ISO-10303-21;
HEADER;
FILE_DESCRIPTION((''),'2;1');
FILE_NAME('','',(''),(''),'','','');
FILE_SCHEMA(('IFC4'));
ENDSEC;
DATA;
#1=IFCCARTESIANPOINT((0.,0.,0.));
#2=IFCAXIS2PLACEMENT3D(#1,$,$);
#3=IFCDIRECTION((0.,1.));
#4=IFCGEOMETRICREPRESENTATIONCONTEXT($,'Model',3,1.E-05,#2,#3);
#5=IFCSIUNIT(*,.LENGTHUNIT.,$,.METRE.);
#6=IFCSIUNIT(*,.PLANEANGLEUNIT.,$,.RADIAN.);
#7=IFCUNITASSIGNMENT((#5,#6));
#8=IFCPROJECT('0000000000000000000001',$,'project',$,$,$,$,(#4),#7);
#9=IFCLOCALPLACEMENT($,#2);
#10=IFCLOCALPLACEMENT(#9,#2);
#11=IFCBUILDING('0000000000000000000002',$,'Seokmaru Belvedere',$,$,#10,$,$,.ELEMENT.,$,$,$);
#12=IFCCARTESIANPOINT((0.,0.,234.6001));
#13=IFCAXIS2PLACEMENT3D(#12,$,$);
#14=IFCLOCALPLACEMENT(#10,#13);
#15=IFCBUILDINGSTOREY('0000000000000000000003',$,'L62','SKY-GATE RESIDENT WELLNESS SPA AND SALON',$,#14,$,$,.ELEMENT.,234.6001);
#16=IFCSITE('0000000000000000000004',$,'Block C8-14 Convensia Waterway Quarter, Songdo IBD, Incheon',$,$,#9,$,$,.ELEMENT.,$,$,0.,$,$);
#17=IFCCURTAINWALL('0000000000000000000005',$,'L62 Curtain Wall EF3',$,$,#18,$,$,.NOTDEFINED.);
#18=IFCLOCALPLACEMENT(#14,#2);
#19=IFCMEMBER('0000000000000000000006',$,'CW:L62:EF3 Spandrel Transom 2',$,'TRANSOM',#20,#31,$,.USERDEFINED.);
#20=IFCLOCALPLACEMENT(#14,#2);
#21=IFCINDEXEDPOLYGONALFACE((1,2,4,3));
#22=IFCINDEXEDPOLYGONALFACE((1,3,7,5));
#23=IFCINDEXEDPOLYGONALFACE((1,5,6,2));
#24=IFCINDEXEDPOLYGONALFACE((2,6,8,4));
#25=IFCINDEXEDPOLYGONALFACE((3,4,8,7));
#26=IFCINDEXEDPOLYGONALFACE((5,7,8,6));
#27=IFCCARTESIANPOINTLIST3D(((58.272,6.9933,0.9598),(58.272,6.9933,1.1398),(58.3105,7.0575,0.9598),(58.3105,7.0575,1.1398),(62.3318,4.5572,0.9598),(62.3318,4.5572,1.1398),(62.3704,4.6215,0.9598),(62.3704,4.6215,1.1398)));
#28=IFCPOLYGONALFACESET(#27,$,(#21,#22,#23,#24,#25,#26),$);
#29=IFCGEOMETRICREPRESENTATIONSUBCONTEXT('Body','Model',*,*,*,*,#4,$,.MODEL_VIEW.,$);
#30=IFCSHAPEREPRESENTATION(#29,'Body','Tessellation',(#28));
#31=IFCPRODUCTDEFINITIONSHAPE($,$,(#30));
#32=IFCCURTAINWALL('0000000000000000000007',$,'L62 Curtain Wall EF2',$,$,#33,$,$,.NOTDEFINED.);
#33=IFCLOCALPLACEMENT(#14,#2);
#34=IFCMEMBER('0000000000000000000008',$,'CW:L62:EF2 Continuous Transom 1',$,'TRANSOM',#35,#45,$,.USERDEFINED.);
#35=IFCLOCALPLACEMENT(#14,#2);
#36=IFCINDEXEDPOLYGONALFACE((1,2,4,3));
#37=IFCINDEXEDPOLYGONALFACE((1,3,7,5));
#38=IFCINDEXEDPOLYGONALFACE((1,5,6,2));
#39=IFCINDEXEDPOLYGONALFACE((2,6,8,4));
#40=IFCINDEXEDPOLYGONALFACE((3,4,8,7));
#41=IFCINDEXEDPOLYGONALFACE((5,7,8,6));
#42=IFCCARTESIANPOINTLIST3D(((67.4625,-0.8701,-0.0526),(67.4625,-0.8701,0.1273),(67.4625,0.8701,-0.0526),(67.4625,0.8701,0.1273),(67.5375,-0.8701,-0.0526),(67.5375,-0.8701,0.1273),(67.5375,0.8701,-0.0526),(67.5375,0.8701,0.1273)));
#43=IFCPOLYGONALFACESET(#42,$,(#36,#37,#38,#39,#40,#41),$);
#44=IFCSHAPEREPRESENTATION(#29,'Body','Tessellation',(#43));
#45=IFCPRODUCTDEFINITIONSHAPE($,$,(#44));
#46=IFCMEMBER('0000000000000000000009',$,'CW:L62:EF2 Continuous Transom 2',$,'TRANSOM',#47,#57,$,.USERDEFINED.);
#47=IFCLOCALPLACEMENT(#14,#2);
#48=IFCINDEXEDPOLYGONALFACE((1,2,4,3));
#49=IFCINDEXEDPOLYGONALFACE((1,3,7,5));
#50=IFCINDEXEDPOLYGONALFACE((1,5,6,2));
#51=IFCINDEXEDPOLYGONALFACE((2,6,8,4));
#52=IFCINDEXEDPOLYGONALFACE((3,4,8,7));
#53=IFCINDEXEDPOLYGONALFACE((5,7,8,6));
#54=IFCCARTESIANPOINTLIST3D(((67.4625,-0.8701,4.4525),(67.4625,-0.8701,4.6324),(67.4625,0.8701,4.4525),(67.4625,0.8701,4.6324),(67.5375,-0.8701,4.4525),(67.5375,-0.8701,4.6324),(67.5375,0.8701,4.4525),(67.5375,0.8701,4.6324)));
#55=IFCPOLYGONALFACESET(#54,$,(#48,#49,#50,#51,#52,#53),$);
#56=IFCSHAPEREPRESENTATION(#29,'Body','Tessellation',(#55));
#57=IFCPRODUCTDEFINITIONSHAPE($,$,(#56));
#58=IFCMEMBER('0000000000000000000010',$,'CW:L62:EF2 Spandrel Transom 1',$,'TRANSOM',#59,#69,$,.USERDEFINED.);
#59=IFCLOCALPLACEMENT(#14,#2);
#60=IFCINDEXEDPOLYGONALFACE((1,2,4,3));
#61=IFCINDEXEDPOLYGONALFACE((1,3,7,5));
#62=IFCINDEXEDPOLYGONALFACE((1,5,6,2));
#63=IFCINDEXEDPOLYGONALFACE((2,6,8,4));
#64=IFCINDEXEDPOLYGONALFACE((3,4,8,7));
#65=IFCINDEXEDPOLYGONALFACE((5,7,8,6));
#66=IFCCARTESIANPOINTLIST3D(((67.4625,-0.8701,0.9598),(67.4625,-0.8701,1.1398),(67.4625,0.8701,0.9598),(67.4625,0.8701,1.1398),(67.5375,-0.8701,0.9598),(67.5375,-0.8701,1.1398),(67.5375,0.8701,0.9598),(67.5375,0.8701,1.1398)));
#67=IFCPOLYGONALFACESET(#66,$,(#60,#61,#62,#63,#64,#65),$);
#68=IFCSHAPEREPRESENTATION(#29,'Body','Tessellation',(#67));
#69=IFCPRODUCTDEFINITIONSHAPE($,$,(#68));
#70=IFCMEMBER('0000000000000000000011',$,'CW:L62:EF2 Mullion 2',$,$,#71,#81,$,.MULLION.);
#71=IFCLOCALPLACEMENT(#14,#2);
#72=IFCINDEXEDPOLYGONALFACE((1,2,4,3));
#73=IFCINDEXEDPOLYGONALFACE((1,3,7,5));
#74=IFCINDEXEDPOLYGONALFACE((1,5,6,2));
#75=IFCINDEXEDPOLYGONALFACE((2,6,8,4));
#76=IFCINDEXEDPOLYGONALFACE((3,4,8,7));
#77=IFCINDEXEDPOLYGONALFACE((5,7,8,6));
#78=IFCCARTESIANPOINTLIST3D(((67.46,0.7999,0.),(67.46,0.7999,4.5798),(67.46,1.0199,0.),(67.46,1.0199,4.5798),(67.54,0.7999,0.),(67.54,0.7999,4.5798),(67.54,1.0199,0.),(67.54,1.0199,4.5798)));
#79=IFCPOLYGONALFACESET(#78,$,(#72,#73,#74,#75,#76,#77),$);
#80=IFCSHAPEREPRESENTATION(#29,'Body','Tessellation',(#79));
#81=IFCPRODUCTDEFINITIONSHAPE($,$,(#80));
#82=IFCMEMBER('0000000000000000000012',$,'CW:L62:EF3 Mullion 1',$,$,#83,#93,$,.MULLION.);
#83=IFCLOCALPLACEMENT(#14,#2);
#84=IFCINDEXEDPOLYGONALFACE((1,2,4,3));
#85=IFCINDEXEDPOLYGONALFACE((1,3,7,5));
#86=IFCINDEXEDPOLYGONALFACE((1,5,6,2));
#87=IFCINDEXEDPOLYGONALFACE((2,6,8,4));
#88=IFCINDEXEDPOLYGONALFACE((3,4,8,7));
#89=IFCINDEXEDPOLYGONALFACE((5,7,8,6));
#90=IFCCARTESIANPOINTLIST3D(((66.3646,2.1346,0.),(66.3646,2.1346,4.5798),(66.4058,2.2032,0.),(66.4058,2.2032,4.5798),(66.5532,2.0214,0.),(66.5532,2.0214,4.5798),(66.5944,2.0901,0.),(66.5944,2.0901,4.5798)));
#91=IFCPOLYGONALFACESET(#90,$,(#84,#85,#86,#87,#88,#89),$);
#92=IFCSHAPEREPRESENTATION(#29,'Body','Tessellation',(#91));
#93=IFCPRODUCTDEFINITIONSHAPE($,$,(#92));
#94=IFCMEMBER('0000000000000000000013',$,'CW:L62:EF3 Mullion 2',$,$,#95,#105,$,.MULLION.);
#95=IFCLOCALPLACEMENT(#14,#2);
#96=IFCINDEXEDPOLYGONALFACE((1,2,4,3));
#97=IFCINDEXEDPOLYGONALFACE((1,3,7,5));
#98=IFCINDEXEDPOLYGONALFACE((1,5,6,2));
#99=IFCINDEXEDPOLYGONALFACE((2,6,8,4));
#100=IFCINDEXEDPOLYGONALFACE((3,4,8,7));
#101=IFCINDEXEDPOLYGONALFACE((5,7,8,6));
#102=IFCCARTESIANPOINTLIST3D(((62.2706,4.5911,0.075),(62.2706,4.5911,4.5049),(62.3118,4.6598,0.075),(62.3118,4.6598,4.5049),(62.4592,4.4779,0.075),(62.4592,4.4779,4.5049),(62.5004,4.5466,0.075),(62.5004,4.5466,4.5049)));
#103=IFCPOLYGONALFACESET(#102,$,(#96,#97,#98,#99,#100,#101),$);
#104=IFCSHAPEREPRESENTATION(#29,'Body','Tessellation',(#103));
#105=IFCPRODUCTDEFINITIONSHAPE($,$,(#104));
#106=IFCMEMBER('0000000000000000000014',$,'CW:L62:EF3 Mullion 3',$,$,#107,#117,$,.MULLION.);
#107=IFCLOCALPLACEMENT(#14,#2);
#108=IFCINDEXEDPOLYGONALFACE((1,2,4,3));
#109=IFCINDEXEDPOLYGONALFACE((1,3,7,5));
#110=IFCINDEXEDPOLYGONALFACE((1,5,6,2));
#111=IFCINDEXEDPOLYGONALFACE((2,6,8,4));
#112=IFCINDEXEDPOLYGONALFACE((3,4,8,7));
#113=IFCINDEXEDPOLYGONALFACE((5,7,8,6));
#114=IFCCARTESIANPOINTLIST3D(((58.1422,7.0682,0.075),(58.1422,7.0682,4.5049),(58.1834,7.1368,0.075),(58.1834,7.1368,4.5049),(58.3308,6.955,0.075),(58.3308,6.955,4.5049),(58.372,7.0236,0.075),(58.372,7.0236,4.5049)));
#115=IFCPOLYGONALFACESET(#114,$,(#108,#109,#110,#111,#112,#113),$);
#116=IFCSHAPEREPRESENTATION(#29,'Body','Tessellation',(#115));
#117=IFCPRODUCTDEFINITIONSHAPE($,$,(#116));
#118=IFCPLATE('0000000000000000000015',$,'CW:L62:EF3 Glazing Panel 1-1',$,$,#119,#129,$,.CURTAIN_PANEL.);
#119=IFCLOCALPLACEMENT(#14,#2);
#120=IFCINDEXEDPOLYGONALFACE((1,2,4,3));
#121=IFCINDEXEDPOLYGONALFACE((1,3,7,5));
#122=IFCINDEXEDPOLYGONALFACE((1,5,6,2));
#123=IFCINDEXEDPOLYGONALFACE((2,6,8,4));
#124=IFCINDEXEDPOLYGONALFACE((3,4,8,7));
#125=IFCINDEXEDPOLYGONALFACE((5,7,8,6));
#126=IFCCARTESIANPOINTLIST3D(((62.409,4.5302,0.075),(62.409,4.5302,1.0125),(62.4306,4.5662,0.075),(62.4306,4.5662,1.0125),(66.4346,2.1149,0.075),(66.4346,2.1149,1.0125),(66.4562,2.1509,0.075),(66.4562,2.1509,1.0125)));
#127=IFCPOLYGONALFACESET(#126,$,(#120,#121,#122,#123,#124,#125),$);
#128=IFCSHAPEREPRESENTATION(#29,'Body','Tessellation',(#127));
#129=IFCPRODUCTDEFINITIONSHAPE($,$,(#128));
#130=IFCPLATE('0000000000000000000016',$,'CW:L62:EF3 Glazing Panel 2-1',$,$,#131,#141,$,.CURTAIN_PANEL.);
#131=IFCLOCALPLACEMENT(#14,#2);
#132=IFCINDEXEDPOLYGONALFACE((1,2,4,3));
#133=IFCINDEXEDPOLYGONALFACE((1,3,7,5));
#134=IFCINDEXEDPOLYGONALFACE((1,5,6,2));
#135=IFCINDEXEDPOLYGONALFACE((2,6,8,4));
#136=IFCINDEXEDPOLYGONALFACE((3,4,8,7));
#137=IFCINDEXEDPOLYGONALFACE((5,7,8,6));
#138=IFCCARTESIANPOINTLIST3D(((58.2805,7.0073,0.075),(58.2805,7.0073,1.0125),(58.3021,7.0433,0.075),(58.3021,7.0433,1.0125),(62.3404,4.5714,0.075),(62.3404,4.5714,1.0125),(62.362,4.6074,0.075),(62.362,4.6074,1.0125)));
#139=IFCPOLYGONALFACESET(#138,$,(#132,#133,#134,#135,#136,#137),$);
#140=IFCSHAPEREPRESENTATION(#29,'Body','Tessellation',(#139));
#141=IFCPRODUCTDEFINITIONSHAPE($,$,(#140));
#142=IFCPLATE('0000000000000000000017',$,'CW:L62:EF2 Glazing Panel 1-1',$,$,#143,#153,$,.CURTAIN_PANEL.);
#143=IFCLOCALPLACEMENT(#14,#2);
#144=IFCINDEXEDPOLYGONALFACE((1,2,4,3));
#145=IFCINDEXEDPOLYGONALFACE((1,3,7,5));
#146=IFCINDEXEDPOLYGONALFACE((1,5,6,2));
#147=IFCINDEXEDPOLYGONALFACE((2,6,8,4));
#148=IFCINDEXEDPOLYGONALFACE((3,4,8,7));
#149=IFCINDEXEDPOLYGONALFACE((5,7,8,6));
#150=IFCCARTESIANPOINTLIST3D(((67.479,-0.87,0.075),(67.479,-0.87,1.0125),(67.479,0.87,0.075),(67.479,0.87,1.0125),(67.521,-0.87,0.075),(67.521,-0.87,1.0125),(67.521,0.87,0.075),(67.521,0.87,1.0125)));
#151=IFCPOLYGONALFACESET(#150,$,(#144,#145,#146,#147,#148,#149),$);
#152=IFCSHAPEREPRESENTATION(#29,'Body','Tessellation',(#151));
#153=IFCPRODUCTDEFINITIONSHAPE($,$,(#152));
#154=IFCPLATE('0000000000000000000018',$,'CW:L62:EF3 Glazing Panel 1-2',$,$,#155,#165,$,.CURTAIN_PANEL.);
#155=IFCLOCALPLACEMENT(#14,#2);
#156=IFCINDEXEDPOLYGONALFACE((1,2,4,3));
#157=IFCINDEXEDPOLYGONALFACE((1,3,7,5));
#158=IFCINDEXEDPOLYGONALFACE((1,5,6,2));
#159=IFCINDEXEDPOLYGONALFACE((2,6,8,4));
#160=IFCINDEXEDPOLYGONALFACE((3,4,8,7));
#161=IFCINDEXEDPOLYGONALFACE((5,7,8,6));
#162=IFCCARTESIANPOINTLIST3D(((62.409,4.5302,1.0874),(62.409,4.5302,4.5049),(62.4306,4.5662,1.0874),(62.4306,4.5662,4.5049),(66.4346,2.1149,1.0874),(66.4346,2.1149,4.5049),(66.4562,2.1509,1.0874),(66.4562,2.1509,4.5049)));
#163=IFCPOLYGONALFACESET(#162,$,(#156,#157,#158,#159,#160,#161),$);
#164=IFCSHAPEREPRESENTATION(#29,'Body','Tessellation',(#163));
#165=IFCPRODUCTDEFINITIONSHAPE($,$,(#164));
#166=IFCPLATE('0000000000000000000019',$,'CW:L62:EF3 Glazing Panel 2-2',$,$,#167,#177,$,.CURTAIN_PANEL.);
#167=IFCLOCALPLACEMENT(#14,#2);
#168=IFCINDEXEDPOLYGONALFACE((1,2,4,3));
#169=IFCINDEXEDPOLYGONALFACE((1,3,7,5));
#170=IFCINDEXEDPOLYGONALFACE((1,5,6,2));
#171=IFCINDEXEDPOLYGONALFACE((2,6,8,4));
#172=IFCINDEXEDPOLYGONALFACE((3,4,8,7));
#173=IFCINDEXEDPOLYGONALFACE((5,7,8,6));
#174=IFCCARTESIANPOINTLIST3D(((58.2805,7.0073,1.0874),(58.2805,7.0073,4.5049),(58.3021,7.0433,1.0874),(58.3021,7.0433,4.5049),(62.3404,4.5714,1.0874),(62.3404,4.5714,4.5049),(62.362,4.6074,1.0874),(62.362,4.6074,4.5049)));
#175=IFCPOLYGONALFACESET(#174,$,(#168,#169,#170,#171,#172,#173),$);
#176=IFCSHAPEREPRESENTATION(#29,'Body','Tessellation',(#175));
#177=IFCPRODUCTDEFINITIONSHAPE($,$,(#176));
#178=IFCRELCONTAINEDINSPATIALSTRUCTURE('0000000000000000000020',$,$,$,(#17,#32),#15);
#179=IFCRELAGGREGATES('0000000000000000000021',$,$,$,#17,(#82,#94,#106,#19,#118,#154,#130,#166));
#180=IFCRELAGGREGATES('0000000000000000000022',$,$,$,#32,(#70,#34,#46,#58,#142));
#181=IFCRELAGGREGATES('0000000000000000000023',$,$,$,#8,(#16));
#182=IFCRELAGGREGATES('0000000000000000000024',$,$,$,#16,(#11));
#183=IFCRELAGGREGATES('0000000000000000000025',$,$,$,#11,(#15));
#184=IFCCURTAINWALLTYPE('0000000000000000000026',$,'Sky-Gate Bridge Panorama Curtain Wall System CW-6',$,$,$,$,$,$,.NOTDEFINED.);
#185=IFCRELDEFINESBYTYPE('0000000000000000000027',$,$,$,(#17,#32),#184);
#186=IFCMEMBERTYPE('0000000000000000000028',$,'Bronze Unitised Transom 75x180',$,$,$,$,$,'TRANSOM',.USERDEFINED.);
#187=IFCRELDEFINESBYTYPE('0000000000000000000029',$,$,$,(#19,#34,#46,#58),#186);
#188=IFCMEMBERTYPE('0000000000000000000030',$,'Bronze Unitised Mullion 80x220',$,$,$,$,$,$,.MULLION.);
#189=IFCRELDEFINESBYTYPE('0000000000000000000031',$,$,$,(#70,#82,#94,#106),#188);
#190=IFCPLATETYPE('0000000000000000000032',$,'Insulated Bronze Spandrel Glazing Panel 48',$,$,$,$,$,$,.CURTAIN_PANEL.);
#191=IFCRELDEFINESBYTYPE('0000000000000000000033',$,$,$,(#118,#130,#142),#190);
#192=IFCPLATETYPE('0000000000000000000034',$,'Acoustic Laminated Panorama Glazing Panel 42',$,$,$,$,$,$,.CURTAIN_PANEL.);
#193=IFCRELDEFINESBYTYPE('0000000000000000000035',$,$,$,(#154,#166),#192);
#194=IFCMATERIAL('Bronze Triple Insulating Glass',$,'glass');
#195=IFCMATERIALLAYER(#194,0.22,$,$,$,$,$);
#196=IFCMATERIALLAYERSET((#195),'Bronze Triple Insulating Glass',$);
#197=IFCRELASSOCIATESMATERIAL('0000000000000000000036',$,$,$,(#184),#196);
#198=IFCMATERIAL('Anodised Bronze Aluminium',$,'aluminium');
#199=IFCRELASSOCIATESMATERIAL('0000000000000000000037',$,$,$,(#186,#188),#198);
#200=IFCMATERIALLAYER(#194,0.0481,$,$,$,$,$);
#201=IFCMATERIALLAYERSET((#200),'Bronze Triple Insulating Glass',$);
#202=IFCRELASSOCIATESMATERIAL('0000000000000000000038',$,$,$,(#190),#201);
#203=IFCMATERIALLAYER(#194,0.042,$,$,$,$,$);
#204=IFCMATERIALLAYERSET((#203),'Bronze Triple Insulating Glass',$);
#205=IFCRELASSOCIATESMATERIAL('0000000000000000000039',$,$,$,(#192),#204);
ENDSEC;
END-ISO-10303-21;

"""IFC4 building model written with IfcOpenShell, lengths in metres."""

from ifc_helpers import new_model, si_unit, direction, frame, origin, origin_2d, place, context, subcontext, project, spatial, rectangle, extrude, source, transform, mapped, material, layer, layer_set, material_profile, profile_set, type_object, type_shapes, element, aggregate, save


model = new_model("IFC4")

# Units and contexts
model_context = context("Model", 3, precision=1e-05, world=origin(), true_north=direction((0.0, 1.0)))
body_context = subcontext(model_context, "Body", "Model", "MODEL_VIEW")
ifc_project = project(units=[si_unit("LENGTHUNIT", "METRE"), si_unit("PLANEANGLEUNIT", "RADIAN")], contexts=[model_context])

# Site, building, storey
site_placement = place(None, origin())
site = spatial("IfcSite", under=ifc_project, at=site_placement, Name="Block C8-14 Convensia Waterway Quarter, Songdo IBD, Incheon", CompositionType="ELEMENT", RefElevation=0.0)
building_placement = place(site_placement, origin())
building = spatial("IfcBuilding", under=site, at=building_placement, Name="Seokmaru Belvedere", CompositionType="ELEMENT")
storey_placement = place(building_placement, frame((0.0, 0.0, 234.6001)))
storey = spatial("IfcBuildingStorey", under=building, at=storey_placement, Name="L62", Description="SKY-GATE RESIDENT WELLNESS SPA AND SALON", CompositionType="ELEMENT", Elevation=234.6001)

# Curtain walls, members
ifc_material_1 = material(Name="Bronze Triple Insulating Glass", Category="glass")
ifc_layer_1 = layer(ifc_material_1, 0.22)
ifc_layer_set_1 = layer_set([ifc_layer_1], Name="Bronze Triple Insulating Glass")
curtain_wall_type = type_object("IfcCurtainWallType", Name="Sky-Gate Bridge Panorama Curtain Wall System CW-6", PredefinedType="NOTDEFINED", material=ifc_layer_set_1)
curtain_wall_1_placement = place(storey_placement, origin())
curtain_wall_1 = element("IfcCurtainWall", 1, at=curtain_wall_1_placement, inside=storey, type_object=curtain_wall_type, Name="L62 Curtain Wall EF3", PredefinedType="NOTDEFINED")
ifc_material_2 = material(Name="Anodised Bronze Aluminium", Category="aluminium")
ifc_material_profile_1 = material_profile(ifc_material_2, rectangle(XDim=0.075, YDim=0.1799, at=origin_2d()), Name="CW-T-75x180")
ifc_profile_set_1 = profile_set([ifc_material_profile_1], Name="Anodised Bronze Aluminium")
member_type_1 = type_object("IfcMemberType", Name="Bronze Unitised Transom 75x180", ElementType="TRANSOM", PredefinedType="USERDEFINED", material=ifc_profile_set_1)
shared_shape_1 = source(origin(), body_context, "Body", "SweptSolid", [
    extrude(rectangle(XDim=0.075, YDim=0.1799, at=origin_2d()), origin(), (0.0, 0.0, 1.0), 4.7346),
])
member_1_placement = place(storey_placement, frame((62.3511, 4.5894, 1.0498), z_axis=(-0.857479, 0.514519, 0.0), x_axis=(-0.514519, -0.857479, 0.0)))
member_1 = element("IfcMember", 2, at=member_1_placement, type_object=member_type_1, Name="CW:L62:EF3 Spandrel Transom 2", ObjectType="TRANSOM", PredefinedType="USERDEFINED", context=body_context, shape_type="MappedRepresentation", body=[
    mapped(shared_shape_1, transform((0.0, 0.0, 0.0), scale=1.0)),
])
curtain_wall_2_placement = place(storey_placement, origin())
curtain_wall_2 = element("IfcCurtainWall", 3, at=curtain_wall_2_placement, inside=storey, type_object=curtain_wall_type, Name="L62 Curtain Wall EF2", PredefinedType="NOTDEFINED")
shared_shape_2 = source(origin(), body_context, "Body", "SweptSolid", [
    extrude(rectangle(XDim=0.075, YDim=0.1799, at=origin_2d()), origin(), (0.0, 0.0, 1.0), 1.7402),
])
member_2_placement = place(storey_placement, frame((67.5, -0.8701, 0.0374), z_axis=(0.0, 1.0, 0.0), x_axis=(-1.0, 0.0, 0.0)))
member_2 = element("IfcMember", 4, at=member_2_placement, type_object=member_type_1, Name="CW:L62:EF2 Continuous Transom 1", ObjectType="TRANSOM", PredefinedType="USERDEFINED", context=body_context, shape_type="MappedRepresentation", body=[
    mapped(shared_shape_2, transform((0.0, 0.0, 0.0), scale=1.0)),
])
member_3_placement = place(storey_placement, frame((67.5, -0.8701, 4.5425), z_axis=(0.0, 1.0, 0.0), x_axis=(-1.0, 0.0, 0.0)))
member_3 = element("IfcMember", 5, at=member_3_placement, type_object=member_type_1, Name="CW:L62:EF2 Continuous Transom 2", ObjectType="TRANSOM", PredefinedType="USERDEFINED", context=body_context, shape_type="MappedRepresentation", body=[
    mapped(shared_shape_2, transform((0.0, 0.0, 0.0), scale=1.0)),
])
member_4_placement = place(storey_placement, frame((67.5, -0.8701, 1.0498), z_axis=(0.0, 1.0, 0.0), x_axis=(-1.0, 0.0, 0.0)))
member_4 = element("IfcMember", 6, at=member_4_placement, type_object=member_type_1, Name="CW:L62:EF2 Spandrel Transom 1", ObjectType="TRANSOM", PredefinedType="USERDEFINED", context=body_context, shape_type="MappedRepresentation", body=[
    mapped(shared_shape_2, transform((0.0, 0.0, 0.0), scale=1.0)),
])
ifc_material_profile_2 = material_profile(ifc_material_2, rectangle(XDim=0.0801, YDim=0.22, at=origin_2d()), Name="CW-M-80x220")
ifc_profile_set_2 = profile_set([ifc_material_profile_2], Name="Anodised Bronze Aluminium")
member_type_2 = type_object("IfcMemberType", Name="Bronze Unitised Mullion 80x220", PredefinedType="MULLION", material=ifc_profile_set_2)
shared_shape_3 = source(origin(), body_context, "Body", "SweptSolid", [
    extrude(rectangle(XDim=0.0801, YDim=0.22, at=origin_2d()), origin(), (0.0, 0.0, 1.0), 4.5798),
])
member_5_placement = place(storey_placement, frame((67.5, 0.9099, 0.0), z_axis=(0.0, 0.0, 1.0), x_axis=(-1.0, 0.0, 0.0)))
member_5 = element("IfcMember", 7, at=member_5_placement, type_object=member_type_2, Name="CW:L62:EF2 Mullion 2", PredefinedType="MULLION", context=body_context, shape_type="MappedRepresentation", body=[
    mapped(shared_shape_3, transform((0.0, 0.0, 0.0), scale=1.0)),
])

# Members
member_6_placement = place(storey_placement, frame((66.4795, 2.1123, 0.0), z_axis=(0.0, 0.0, 1.0), x_axis=(-0.514495, -0.857493, 0.0)))
member_6 = element("IfcMember", 8, at=member_6_placement, type_object=member_type_2, Name="CW:L62:EF3 Mullion 1", PredefinedType="MULLION", context=body_context, shape_type="MappedRepresentation", body=[
    mapped(shared_shape_3, transform((0.0, 0.0, 0.0), scale=1.0)),
])
shared_shape_4 = source(origin(), body_context, "Body", "SweptSolid", [
    extrude(rectangle(XDim=0.0801, YDim=0.22, at=origin_2d()), origin(), (0.0, 0.0, 1.0), 4.4299),
])
type_shapes(member_type_2, [shared_shape_3, shared_shape_4])
member_7_placement = place(storey_placement, frame((62.3855, 4.5688, 0.075), z_axis=(0.0, 0.0, 1.0), x_axis=(-0.514495, -0.857493, 0.0)))
member_7 = element("IfcMember", 9, at=member_7_placement, type_object=member_type_2, Name="CW:L62:EF3 Mullion 2", PredefinedType="MULLION", context=body_context, shape_type="MappedRepresentation", body=[
    mapped(shared_shape_4, transform((0.0, 0.0, 0.0), scale=1.0)),
])
member_8_placement = place(storey_placement, frame((58.2571, 7.0459, 0.075), z_axis=(0.0, 0.0, 1.0), x_axis=(-0.514495, -0.857493, 0.0)))
member_8 = element("IfcMember", 10, at=member_8_placement, type_object=member_type_2, Name="CW:L62:EF3 Mullion 3", PredefinedType="MULLION", context=body_context, shape_type="MappedRepresentation", body=[
    mapped(shared_shape_4, transform((0.0, 0.0, 0.0), scale=1.0)),
])

# Plates
ifc_layer_2 = layer(ifc_material_1, 0.0481)
ifc_layer_set_2 = layer_set([ifc_layer_2], Name="Bronze Triple Insulating Glass")
plate_type_1 = type_object("IfcPlateType", Name="Insulated Bronze Spandrel Glazing Panel 48", PredefinedType="CURTAIN_PANEL", material=ifc_layer_set_2)
shared_shape_5 = source(origin(), body_context, "Body", "SweptSolid", [
    extrude(rectangle(XDim=4.6946, YDim=0.042, at=origin_2d()), origin(), (0.0, 0.0, 1.0), 0.9375),
])
plate_1_placement = place(storey_placement, frame((64.4326, 3.3406, 0.075), z_axis=(0.0, 0.0, 1.0), x_axis=(-0.857493, 0.514495, 0.0)))
plate_1 = element("IfcPlate", 11, at=plate_1_placement, type_object=plate_type_1, Name="CW:L62:EF3 Glazing Panel 1-1", PredefinedType="CURTAIN_PANEL", context=body_context, shape_type="MappedRepresentation", body=[
    mapped(shared_shape_5, transform((0.0, 0.0, 0.0), scale=1.0)),
])
shared_shape_6 = source(origin(), body_context, "Body", "SweptSolid", [
    extrude(rectangle(XDim=4.7346, YDim=0.042, at=origin_2d()), origin(), (0.0, 0.0, 1.0), 0.9375),
])
plate_2_placement = place(storey_placement, frame((60.3213, 5.8074, 0.075), z_axis=(0.0, 0.0, 1.0), x_axis=(-0.857493, 0.514495, 0.0)))
plate_2 = element("IfcPlate", 12, at=plate_2_placement, type_object=plate_type_1, Name="CW:L62:EF3 Glazing Panel 2-1", PredefinedType="CURTAIN_PANEL", context=body_context, shape_type="MappedRepresentation", body=[
    mapped(shared_shape_6, transform((0.0, 0.0, 0.0), scale=1.0)),
])
shared_shape_7 = source(origin(), body_context, "Body", "SweptSolid", [
    extrude(rectangle(XDim=1.74, YDim=0.042, at=origin_2d()), origin(), (0.0, 0.0, 1.0), 0.9375),
])
type_shapes(plate_type_1, [shared_shape_5, shared_shape_6, shared_shape_7])
plate_3_placement = place(storey_placement, frame((67.5, 0.0, 0.075), z_axis=(0.0, 0.0, 1.0), x_axis=(0.0, 1.0, 0.0)))
plate_3 = element("IfcPlate", 13, at=plate_3_placement, type_object=plate_type_1, Name="CW:L62:EF2 Glazing Panel 1-1", PredefinedType="CURTAIN_PANEL", context=body_context, shape_type="MappedRepresentation", body=[
    mapped(shared_shape_7, transform((0.0, 0.0, 0.0), scale=1.0)),
])
ifc_layer_3 = layer(ifc_material_1, 0.042)
ifc_layer_set_3 = layer_set([ifc_layer_3], Name="Bronze Triple Insulating Glass")
plate_type_2 = type_object("IfcPlateType", Name="Acoustic Laminated Panorama Glazing Panel 42", PredefinedType="CURTAIN_PANEL", material=ifc_layer_set_3)
shared_shape_8 = source(origin(), body_context, "Body", "SweptSolid", [
    extrude(rectangle(XDim=4.6946, YDim=0.042, at=origin_2d()), origin(), (0.0, 0.0, 1.0), 3.4175),
])
plate_4_placement = place(storey_placement, frame((64.4326, 3.3406, 1.0874), z_axis=(0.0, 0.0, 1.0), x_axis=(-0.857493, 0.514495, 0.0)))
plate_4 = element("IfcPlate", 14, at=plate_4_placement, type_object=plate_type_2, Name="CW:L62:EF3 Glazing Panel 1-2", PredefinedType="CURTAIN_PANEL", context=body_context, shape_type="MappedRepresentation", body=[
    mapped(shared_shape_8, transform((0.0, 0.0, 0.0), scale=1.0)),
])
shared_shape_9 = source(origin(), body_context, "Body", "SweptSolid", [
    extrude(rectangle(XDim=4.7346, YDim=0.042, at=origin_2d()), origin(), (0.0, 0.0, 1.0), 3.4175),
])
plate_5_placement = place(storey_placement, frame((60.3213, 5.8074, 1.0874), z_axis=(0.0, 0.0, 1.0), x_axis=(-0.857493, 0.514495, 0.0)))
plate_5 = element("IfcPlate", 15, at=plate_5_placement, type_object=plate_type_2, Name="CW:L62:EF3 Glazing Panel 2-2", PredefinedType="CURTAIN_PANEL", context=body_context, shape_type="MappedRepresentation", body=[
    mapped(shared_shape_9, transform((0.0, 0.0, 0.0), scale=1.0)),
])
aggregate(curtain_wall_1, [member_6, member_7, member_8, member_1, plate_1, plate_4, plate_2, plate_5])
aggregate(curtain_wall_2, [member_5, member_2, member_3, member_4, plate_3])

save(model, "model.ifc")
